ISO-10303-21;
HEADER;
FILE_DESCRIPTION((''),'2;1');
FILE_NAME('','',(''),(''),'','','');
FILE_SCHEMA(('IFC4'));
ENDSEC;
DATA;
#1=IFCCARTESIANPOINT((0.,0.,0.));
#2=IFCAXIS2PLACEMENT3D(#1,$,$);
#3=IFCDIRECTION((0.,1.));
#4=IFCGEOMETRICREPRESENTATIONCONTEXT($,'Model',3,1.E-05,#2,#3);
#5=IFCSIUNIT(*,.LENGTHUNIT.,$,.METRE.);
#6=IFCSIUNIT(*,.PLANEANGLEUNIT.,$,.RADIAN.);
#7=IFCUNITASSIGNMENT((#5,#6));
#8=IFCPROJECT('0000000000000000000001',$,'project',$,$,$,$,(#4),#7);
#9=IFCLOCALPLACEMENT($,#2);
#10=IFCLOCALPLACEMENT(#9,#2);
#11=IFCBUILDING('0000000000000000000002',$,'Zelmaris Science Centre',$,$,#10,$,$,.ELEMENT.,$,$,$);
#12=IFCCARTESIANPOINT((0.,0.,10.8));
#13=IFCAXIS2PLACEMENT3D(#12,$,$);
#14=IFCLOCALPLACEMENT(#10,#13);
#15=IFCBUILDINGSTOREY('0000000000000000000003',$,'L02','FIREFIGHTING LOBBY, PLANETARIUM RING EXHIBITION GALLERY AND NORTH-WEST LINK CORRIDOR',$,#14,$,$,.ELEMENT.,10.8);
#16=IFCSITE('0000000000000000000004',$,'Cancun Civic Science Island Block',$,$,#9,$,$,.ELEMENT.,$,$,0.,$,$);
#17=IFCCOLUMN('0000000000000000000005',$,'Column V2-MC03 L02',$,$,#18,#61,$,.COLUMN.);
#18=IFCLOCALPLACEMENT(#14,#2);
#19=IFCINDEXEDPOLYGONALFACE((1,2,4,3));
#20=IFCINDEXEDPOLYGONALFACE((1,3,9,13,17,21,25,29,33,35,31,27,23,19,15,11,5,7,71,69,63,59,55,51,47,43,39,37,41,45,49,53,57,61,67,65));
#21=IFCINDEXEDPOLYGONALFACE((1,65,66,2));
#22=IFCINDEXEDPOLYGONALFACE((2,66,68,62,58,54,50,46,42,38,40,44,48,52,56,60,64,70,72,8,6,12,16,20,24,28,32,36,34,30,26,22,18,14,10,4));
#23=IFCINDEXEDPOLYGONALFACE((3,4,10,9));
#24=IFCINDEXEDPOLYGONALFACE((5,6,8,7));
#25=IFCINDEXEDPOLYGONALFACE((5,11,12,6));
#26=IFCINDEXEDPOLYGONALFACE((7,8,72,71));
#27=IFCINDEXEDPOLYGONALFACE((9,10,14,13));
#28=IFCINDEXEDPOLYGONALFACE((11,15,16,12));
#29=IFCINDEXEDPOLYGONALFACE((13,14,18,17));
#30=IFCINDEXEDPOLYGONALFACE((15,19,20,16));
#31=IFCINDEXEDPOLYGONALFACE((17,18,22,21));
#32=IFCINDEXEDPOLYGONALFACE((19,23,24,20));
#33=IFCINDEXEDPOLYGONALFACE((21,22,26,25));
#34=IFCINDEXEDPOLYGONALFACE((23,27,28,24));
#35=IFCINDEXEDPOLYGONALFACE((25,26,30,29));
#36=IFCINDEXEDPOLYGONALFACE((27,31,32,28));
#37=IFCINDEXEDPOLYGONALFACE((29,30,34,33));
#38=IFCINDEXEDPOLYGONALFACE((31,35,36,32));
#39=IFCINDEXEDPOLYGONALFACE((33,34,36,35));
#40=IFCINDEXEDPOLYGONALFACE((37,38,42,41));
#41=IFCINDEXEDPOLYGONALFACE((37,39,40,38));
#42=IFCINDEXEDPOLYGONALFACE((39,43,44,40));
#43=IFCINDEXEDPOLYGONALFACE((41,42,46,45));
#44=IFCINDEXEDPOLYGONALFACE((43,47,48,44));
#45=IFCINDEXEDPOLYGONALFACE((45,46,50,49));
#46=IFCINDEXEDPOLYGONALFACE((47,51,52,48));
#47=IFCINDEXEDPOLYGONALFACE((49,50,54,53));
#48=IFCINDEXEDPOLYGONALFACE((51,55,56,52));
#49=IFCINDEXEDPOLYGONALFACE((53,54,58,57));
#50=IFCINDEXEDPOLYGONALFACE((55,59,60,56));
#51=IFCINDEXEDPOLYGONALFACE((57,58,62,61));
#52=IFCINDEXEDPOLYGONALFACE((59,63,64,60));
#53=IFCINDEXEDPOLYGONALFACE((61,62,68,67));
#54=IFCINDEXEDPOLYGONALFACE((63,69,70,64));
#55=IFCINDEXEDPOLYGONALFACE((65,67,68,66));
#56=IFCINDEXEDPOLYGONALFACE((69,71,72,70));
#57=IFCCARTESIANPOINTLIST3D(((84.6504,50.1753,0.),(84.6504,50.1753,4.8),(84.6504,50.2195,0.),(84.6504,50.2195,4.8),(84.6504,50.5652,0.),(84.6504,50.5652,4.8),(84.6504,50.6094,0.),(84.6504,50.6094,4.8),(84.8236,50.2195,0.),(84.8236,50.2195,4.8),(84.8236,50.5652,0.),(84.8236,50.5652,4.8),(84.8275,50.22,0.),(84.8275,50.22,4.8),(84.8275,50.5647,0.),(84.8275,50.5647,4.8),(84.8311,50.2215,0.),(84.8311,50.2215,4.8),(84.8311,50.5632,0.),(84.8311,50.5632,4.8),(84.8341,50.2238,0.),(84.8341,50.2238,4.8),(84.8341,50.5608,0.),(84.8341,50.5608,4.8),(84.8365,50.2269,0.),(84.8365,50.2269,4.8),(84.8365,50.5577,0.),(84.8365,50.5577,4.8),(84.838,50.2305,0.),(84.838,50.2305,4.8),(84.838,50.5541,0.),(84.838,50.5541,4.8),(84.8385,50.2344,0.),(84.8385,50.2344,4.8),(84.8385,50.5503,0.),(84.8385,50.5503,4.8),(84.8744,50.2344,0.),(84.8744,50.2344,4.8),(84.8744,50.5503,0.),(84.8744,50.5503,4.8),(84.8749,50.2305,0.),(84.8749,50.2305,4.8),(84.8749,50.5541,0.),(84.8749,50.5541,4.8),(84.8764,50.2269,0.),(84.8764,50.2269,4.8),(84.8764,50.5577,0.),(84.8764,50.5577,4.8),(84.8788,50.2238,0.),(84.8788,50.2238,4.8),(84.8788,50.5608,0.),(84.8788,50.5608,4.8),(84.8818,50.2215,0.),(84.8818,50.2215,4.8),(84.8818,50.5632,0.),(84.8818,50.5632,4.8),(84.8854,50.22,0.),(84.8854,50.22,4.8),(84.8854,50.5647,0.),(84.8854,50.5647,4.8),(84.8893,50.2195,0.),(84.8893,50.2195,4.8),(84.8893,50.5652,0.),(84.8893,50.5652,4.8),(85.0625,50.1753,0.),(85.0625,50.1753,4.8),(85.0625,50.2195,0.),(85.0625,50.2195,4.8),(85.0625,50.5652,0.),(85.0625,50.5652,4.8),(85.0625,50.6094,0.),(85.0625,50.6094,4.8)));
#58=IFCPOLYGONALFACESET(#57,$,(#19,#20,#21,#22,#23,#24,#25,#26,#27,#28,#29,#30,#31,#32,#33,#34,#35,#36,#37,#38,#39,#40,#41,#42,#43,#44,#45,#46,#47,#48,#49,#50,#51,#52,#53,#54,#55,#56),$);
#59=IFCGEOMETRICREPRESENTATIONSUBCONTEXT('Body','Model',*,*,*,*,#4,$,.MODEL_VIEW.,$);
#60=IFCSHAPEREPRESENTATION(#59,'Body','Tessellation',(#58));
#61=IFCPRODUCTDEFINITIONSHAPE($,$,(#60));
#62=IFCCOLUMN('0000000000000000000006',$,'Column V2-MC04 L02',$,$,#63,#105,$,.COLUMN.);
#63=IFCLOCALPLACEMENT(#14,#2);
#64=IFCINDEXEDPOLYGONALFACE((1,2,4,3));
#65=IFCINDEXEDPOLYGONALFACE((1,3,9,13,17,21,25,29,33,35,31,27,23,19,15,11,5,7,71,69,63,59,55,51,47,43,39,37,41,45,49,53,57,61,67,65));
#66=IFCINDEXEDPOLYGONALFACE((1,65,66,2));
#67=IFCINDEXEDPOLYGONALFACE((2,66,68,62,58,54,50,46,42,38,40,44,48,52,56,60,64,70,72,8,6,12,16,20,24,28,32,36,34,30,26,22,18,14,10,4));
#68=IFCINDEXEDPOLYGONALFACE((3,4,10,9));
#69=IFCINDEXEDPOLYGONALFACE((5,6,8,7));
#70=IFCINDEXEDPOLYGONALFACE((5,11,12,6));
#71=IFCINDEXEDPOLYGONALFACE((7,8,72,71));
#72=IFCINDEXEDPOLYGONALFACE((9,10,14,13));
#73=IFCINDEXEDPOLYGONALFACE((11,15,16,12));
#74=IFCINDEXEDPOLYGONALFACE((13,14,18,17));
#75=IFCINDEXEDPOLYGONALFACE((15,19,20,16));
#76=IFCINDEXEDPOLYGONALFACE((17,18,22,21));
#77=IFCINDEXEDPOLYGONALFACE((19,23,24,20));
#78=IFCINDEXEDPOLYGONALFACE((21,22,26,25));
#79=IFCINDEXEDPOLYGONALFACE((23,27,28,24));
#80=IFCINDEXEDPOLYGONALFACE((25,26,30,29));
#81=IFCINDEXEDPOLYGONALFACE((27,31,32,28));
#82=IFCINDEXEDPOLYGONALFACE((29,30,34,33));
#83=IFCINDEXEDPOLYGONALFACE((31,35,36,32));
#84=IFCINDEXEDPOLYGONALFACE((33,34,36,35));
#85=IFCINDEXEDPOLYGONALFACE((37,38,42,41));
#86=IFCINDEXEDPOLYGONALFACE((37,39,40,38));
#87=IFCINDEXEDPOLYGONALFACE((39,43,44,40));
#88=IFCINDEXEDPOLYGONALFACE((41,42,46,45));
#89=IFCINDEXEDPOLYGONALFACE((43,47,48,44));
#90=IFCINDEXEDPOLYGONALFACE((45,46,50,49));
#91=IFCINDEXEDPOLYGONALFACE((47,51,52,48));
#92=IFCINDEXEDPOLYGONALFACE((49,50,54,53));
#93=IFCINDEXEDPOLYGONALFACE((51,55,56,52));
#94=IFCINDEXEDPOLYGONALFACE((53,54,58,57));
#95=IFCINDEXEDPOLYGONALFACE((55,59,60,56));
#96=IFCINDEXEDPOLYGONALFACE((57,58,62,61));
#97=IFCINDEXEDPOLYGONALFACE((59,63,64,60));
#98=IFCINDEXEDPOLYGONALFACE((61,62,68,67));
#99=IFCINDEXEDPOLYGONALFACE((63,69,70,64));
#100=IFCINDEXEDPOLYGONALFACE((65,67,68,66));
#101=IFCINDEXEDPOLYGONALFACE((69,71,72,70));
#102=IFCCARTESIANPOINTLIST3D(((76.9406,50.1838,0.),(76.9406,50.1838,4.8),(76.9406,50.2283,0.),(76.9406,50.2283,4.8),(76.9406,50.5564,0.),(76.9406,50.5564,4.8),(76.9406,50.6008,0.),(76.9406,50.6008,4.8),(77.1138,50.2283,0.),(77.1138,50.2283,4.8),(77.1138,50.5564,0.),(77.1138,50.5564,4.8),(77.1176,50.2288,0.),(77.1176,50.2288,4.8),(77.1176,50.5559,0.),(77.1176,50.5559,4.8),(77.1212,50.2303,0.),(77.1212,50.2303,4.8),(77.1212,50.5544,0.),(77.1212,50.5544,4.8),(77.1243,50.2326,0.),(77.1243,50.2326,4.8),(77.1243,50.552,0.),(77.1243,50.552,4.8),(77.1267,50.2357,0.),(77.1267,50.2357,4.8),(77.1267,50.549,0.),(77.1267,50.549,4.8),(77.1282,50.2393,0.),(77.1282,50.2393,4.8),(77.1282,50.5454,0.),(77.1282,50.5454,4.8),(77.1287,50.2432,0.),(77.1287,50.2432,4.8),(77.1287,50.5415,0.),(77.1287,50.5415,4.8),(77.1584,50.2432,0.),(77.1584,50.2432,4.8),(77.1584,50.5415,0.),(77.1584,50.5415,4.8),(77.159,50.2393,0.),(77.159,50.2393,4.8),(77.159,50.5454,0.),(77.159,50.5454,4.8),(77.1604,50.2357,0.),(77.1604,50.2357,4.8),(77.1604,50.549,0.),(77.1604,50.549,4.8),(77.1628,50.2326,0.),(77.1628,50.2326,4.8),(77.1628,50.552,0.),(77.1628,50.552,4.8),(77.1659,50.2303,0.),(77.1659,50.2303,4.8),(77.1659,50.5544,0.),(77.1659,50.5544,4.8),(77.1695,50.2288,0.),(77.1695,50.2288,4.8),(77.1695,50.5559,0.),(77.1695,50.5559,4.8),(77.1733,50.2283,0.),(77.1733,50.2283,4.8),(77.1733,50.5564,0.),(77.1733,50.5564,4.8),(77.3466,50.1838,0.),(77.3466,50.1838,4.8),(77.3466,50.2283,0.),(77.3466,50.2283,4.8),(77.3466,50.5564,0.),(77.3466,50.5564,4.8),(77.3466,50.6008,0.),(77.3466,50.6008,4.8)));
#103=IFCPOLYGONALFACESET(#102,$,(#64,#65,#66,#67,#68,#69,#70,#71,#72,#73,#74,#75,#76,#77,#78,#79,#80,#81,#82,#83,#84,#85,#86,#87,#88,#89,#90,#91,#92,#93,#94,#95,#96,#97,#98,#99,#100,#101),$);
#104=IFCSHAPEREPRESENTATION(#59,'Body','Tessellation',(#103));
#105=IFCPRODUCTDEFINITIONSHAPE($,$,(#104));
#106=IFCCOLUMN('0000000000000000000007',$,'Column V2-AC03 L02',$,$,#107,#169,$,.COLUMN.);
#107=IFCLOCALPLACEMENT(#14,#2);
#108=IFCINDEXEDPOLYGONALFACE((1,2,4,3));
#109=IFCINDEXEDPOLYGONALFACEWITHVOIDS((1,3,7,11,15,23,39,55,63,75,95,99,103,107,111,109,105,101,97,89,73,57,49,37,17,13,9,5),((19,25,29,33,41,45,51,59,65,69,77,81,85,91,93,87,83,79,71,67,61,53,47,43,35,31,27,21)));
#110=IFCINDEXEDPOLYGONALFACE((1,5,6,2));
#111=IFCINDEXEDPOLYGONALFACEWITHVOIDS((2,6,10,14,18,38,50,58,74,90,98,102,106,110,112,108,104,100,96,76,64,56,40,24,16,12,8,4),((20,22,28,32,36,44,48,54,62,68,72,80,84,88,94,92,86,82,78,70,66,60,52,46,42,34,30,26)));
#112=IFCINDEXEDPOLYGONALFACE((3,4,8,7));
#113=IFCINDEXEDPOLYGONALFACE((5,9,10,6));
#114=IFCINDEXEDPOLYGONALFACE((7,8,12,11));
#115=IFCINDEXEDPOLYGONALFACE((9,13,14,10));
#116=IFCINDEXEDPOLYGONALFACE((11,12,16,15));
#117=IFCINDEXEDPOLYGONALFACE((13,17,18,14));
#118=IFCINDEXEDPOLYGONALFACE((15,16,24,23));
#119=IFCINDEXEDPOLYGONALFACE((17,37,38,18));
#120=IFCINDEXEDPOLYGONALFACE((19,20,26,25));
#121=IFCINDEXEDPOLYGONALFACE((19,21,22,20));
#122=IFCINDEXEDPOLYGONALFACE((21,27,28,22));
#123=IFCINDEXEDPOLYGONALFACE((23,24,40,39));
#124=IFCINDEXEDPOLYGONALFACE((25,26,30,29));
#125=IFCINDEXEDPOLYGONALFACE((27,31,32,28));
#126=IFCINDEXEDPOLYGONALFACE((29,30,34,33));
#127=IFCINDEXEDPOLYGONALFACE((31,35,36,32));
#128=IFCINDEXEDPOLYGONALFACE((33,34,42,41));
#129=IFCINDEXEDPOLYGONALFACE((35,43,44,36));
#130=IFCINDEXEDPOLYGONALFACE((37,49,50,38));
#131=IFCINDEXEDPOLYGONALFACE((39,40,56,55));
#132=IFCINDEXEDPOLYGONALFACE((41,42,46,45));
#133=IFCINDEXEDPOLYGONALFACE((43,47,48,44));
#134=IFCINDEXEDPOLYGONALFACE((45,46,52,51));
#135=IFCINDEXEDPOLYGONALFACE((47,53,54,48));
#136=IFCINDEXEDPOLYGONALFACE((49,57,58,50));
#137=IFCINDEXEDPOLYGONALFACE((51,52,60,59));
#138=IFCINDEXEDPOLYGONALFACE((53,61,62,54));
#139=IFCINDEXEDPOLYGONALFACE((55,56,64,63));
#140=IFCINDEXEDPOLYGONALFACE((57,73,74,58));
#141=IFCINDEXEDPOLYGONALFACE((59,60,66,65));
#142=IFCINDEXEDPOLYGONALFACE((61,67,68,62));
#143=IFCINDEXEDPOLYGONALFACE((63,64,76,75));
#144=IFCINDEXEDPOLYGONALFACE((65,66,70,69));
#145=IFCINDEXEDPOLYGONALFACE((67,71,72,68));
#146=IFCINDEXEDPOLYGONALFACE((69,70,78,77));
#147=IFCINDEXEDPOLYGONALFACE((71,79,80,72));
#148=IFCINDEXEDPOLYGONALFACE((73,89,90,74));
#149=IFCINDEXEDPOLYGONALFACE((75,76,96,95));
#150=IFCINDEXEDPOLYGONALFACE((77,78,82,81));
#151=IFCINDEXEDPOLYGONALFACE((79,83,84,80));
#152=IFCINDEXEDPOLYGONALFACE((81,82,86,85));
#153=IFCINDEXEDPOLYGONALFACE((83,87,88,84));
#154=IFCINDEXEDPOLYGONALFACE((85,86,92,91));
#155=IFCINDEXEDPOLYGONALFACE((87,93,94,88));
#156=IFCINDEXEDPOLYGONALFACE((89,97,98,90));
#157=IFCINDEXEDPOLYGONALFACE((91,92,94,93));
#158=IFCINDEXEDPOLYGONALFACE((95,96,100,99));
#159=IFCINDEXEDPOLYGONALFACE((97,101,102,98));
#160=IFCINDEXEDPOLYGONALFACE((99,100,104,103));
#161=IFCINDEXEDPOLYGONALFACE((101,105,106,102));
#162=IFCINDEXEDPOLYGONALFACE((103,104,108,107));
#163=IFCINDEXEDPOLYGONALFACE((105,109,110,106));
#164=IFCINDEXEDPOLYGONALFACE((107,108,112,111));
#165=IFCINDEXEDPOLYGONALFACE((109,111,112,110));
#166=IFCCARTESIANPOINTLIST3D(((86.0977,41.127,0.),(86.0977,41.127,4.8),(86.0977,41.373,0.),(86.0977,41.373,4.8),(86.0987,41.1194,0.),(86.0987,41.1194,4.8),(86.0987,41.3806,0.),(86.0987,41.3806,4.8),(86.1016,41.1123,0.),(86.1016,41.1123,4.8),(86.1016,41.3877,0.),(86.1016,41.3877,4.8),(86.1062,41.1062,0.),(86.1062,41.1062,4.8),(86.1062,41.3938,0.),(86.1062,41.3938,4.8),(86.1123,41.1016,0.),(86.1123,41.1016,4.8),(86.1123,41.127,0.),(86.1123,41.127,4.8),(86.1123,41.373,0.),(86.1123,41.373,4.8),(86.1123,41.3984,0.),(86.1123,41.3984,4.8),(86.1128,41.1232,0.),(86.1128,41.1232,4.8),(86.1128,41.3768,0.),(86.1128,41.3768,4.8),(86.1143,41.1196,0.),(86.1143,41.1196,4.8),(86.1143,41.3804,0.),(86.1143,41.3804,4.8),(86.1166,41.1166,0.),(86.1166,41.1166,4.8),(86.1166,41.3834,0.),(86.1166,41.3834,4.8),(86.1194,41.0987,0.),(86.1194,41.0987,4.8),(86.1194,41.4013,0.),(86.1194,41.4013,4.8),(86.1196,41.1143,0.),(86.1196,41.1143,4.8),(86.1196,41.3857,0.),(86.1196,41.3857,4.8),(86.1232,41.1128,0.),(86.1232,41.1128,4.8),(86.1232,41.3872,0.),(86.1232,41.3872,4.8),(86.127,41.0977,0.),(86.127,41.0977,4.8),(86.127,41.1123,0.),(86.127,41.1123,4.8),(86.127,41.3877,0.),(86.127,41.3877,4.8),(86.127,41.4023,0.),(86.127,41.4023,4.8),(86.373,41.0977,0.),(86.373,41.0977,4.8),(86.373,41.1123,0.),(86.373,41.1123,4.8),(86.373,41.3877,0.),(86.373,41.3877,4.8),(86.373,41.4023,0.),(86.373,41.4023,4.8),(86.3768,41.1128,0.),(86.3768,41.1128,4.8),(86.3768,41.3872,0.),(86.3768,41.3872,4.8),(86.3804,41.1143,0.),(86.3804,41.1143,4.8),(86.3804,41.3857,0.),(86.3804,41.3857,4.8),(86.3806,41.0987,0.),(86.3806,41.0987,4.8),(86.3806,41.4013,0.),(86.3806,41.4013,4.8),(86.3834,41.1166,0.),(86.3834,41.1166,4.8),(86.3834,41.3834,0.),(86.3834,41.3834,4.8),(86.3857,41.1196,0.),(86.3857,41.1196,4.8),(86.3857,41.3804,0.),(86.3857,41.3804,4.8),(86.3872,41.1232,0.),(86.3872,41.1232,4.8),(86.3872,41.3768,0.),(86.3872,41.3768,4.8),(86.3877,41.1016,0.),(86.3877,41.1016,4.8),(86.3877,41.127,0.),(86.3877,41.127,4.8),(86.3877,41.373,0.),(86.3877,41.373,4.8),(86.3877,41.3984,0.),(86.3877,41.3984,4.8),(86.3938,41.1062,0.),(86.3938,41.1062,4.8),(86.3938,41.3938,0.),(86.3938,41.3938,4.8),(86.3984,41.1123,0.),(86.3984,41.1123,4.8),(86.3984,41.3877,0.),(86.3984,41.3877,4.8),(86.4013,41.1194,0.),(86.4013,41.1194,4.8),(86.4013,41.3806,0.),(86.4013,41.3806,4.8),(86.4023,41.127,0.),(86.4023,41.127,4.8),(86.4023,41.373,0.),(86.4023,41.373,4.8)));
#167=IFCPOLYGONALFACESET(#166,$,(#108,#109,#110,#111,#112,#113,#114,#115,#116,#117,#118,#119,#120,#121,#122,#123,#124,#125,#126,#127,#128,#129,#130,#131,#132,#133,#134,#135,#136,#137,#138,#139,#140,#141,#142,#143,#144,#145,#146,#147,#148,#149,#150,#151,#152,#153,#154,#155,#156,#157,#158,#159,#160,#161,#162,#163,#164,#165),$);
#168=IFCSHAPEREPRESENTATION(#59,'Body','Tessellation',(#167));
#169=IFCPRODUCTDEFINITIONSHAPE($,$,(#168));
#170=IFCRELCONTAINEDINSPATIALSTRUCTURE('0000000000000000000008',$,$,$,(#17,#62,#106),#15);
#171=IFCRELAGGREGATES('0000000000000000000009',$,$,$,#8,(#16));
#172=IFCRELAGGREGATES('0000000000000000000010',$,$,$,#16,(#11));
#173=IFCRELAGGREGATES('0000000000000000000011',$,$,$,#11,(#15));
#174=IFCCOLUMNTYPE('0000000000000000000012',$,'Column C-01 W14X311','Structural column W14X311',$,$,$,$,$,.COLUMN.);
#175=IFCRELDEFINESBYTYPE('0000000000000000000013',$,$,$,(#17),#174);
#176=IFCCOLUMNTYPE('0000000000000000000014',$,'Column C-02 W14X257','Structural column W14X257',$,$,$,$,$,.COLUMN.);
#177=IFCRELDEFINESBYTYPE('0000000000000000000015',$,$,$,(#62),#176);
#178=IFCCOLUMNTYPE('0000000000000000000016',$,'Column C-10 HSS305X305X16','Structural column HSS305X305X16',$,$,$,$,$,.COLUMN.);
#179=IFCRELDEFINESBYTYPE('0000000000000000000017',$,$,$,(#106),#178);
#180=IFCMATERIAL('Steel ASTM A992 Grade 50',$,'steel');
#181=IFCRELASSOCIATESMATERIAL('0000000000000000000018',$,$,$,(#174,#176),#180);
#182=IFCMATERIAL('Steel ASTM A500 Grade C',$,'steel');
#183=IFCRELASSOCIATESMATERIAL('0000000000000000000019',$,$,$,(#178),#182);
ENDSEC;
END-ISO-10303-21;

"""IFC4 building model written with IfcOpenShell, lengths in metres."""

from ifc_helpers import new_model, si_unit, direction, frame, origin, origin_2d, place, context, subcontext, project, spatial, hollow_rectangle, i_section, extrude, material, material_profile, profile_set, type_object, element, save


model = new_model("IFC4")

# Units and contexts
model_context = context("Model", 3, precision=1e-05, world=origin(), true_north=direction((0.0, 1.0)))
body_context = subcontext(model_context, "Body", "Model", "MODEL_VIEW")
ifc_project = project(units=[si_unit("LENGTHUNIT", "METRE"), si_unit("PLANEANGLEUNIT", "RADIAN")], contexts=[model_context])

# Site, building, storey
site_placement = place(None, origin())
site = spatial("IfcSite", under=ifc_project, at=site_placement, Name="Cancun Civic Science Island Block", CompositionType="ELEMENT", RefElevation=0.0)
building_placement = place(site_placement, origin())
building = spatial("IfcBuilding", under=site, at=building_placement, Name="Zelmaris Science Centre", CompositionType="ELEMENT")
storey_placement = place(building_placement, frame((0.0, 0.0, 10.8)))
storey = spatial("IfcBuildingStorey", under=building, at=storey_placement, Name="L02", Description="FIREFIGHTING LOBBY, PLANETARIUM RING EXHIBITION GALLERY AND NORTH-WEST LINK CORRIDOR", CompositionType="ELEMENT", Elevation=10.8)

# Columns
ifc_material_1 = material(Name="Steel ASTM A992 Grade 50", Category="steel")
ifc_material_profile_1 = material_profile(ifc_material_1, i_section(OverallWidth=0.4121, OverallDepth=0.4341, WebThickness=0.0359, FlangeThickness=0.0442, FilletRadius=0.0149, at=origin_2d()), Name="W14X311")
ifc_profile_set_1 = profile_set([ifc_material_profile_1], Name="Steel ASTM A992 Grade 50")
column_type_1 = type_object("IfcColumnType", Name="Column C-01 W14X311", Description="Structural column W14X311", PredefinedType="COLUMN", material=ifc_profile_set_1)
column_1_placement = place(storey_placement, frame((84.8564, 50.3923, 0.0), z_axis=(0.0, 0.0, 1.0), x_axis=(1.0, 0.0, 0.0)))
element("IfcColumn", 1, at=column_1_placement, inside=storey, type_object=column_type_1, Name="Column V2-MC03 L02", PredefinedType="COLUMN", context=body_context, shape_type="SweptSolid", body=[
    extrude(i_section(OverallWidth=0.4121, OverallDepth=0.4341, WebThickness=0.0359, FlangeThickness=0.0442, FilletRadius=0.0149, at=origin_2d()), origin(), (0.0, 0.0, 1.0), 4.8),
])
ifc_material_profile_2 = material_profile(ifc_material_1, i_section(OverallWidth=0.406, OverallDepth=0.417, WebThickness=0.0298, FlangeThickness=0.0444, FilletRadius=0.0149, at=origin_2d()), Name="W14X257")
ifc_profile_set_2 = profile_set([ifc_material_profile_2], Name="Steel ASTM A992 Grade 50")
column_type_2 = type_object("IfcColumnType", Name="Column C-02 W14X257", Description="Structural column W14X257", PredefinedType="COLUMN", material=ifc_profile_set_2)
column_2_placement = place(storey_placement, frame((77.1436, 50.3923, 0.0), z_axis=(0.0, 0.0, 1.0), x_axis=(1.0, 0.0, 0.0)))
element("IfcColumn", 2, at=column_2_placement, inside=storey, type_object=column_type_2, Name="Column V2-MC04 L02", PredefinedType="COLUMN", context=body_context, shape_type="SweptSolid", body=[
    extrude(i_section(OverallWidth=0.406, OverallDepth=0.417, WebThickness=0.0298, FlangeThickness=0.0444, FilletRadius=0.0149, at=origin_2d()), origin(), (0.0, 0.0, 1.0), 4.8),
])
ifc_material_2 = material(Name="Steel ASTM A500 Grade C", Category="steel")
ifc_material_profile_3 = material_profile(ifc_material_2, hollow_rectangle(XDim=0.3047, YDim=0.3047, WallThickness=0.0146, InnerFilletRadius=0.0146, OuterFilletRadius=0.0293, at=origin_2d()), Name="HSS305X305X16")
ifc_profile_set_3 = profile_set([ifc_material_profile_3], Name="Steel ASTM A500 Grade C")
column_type_3 = type_object("IfcColumnType", Name="Column C-10 HSS305X305X16", Description="Structural column HSS305X305X16", PredefinedType="COLUMN", material=ifc_profile_set_3)
column_3_placement = place(storey_placement, frame((86.25, 41.25, 0.0), z_axis=(0.0, 0.0, 1.0), x_axis=(1.0, 0.0, 0.0)))
element("IfcColumn", 3, at=column_3_placement, inside=storey, type_object=column_type_3, Name="Column V2-AC03 L02", PredefinedType="COLUMN", context=body_context, shape_type="SweptSolid", body=[
    extrude(hollow_rectangle(XDim=0.3047, YDim=0.3047, WallThickness=0.0146, InnerFilletRadius=0.0146, OuterFilletRadius=0.0293, at=origin_2d()), origin(), (0.0, 0.0, 1.0), 4.8),
])

save(model, "model.ifc")
